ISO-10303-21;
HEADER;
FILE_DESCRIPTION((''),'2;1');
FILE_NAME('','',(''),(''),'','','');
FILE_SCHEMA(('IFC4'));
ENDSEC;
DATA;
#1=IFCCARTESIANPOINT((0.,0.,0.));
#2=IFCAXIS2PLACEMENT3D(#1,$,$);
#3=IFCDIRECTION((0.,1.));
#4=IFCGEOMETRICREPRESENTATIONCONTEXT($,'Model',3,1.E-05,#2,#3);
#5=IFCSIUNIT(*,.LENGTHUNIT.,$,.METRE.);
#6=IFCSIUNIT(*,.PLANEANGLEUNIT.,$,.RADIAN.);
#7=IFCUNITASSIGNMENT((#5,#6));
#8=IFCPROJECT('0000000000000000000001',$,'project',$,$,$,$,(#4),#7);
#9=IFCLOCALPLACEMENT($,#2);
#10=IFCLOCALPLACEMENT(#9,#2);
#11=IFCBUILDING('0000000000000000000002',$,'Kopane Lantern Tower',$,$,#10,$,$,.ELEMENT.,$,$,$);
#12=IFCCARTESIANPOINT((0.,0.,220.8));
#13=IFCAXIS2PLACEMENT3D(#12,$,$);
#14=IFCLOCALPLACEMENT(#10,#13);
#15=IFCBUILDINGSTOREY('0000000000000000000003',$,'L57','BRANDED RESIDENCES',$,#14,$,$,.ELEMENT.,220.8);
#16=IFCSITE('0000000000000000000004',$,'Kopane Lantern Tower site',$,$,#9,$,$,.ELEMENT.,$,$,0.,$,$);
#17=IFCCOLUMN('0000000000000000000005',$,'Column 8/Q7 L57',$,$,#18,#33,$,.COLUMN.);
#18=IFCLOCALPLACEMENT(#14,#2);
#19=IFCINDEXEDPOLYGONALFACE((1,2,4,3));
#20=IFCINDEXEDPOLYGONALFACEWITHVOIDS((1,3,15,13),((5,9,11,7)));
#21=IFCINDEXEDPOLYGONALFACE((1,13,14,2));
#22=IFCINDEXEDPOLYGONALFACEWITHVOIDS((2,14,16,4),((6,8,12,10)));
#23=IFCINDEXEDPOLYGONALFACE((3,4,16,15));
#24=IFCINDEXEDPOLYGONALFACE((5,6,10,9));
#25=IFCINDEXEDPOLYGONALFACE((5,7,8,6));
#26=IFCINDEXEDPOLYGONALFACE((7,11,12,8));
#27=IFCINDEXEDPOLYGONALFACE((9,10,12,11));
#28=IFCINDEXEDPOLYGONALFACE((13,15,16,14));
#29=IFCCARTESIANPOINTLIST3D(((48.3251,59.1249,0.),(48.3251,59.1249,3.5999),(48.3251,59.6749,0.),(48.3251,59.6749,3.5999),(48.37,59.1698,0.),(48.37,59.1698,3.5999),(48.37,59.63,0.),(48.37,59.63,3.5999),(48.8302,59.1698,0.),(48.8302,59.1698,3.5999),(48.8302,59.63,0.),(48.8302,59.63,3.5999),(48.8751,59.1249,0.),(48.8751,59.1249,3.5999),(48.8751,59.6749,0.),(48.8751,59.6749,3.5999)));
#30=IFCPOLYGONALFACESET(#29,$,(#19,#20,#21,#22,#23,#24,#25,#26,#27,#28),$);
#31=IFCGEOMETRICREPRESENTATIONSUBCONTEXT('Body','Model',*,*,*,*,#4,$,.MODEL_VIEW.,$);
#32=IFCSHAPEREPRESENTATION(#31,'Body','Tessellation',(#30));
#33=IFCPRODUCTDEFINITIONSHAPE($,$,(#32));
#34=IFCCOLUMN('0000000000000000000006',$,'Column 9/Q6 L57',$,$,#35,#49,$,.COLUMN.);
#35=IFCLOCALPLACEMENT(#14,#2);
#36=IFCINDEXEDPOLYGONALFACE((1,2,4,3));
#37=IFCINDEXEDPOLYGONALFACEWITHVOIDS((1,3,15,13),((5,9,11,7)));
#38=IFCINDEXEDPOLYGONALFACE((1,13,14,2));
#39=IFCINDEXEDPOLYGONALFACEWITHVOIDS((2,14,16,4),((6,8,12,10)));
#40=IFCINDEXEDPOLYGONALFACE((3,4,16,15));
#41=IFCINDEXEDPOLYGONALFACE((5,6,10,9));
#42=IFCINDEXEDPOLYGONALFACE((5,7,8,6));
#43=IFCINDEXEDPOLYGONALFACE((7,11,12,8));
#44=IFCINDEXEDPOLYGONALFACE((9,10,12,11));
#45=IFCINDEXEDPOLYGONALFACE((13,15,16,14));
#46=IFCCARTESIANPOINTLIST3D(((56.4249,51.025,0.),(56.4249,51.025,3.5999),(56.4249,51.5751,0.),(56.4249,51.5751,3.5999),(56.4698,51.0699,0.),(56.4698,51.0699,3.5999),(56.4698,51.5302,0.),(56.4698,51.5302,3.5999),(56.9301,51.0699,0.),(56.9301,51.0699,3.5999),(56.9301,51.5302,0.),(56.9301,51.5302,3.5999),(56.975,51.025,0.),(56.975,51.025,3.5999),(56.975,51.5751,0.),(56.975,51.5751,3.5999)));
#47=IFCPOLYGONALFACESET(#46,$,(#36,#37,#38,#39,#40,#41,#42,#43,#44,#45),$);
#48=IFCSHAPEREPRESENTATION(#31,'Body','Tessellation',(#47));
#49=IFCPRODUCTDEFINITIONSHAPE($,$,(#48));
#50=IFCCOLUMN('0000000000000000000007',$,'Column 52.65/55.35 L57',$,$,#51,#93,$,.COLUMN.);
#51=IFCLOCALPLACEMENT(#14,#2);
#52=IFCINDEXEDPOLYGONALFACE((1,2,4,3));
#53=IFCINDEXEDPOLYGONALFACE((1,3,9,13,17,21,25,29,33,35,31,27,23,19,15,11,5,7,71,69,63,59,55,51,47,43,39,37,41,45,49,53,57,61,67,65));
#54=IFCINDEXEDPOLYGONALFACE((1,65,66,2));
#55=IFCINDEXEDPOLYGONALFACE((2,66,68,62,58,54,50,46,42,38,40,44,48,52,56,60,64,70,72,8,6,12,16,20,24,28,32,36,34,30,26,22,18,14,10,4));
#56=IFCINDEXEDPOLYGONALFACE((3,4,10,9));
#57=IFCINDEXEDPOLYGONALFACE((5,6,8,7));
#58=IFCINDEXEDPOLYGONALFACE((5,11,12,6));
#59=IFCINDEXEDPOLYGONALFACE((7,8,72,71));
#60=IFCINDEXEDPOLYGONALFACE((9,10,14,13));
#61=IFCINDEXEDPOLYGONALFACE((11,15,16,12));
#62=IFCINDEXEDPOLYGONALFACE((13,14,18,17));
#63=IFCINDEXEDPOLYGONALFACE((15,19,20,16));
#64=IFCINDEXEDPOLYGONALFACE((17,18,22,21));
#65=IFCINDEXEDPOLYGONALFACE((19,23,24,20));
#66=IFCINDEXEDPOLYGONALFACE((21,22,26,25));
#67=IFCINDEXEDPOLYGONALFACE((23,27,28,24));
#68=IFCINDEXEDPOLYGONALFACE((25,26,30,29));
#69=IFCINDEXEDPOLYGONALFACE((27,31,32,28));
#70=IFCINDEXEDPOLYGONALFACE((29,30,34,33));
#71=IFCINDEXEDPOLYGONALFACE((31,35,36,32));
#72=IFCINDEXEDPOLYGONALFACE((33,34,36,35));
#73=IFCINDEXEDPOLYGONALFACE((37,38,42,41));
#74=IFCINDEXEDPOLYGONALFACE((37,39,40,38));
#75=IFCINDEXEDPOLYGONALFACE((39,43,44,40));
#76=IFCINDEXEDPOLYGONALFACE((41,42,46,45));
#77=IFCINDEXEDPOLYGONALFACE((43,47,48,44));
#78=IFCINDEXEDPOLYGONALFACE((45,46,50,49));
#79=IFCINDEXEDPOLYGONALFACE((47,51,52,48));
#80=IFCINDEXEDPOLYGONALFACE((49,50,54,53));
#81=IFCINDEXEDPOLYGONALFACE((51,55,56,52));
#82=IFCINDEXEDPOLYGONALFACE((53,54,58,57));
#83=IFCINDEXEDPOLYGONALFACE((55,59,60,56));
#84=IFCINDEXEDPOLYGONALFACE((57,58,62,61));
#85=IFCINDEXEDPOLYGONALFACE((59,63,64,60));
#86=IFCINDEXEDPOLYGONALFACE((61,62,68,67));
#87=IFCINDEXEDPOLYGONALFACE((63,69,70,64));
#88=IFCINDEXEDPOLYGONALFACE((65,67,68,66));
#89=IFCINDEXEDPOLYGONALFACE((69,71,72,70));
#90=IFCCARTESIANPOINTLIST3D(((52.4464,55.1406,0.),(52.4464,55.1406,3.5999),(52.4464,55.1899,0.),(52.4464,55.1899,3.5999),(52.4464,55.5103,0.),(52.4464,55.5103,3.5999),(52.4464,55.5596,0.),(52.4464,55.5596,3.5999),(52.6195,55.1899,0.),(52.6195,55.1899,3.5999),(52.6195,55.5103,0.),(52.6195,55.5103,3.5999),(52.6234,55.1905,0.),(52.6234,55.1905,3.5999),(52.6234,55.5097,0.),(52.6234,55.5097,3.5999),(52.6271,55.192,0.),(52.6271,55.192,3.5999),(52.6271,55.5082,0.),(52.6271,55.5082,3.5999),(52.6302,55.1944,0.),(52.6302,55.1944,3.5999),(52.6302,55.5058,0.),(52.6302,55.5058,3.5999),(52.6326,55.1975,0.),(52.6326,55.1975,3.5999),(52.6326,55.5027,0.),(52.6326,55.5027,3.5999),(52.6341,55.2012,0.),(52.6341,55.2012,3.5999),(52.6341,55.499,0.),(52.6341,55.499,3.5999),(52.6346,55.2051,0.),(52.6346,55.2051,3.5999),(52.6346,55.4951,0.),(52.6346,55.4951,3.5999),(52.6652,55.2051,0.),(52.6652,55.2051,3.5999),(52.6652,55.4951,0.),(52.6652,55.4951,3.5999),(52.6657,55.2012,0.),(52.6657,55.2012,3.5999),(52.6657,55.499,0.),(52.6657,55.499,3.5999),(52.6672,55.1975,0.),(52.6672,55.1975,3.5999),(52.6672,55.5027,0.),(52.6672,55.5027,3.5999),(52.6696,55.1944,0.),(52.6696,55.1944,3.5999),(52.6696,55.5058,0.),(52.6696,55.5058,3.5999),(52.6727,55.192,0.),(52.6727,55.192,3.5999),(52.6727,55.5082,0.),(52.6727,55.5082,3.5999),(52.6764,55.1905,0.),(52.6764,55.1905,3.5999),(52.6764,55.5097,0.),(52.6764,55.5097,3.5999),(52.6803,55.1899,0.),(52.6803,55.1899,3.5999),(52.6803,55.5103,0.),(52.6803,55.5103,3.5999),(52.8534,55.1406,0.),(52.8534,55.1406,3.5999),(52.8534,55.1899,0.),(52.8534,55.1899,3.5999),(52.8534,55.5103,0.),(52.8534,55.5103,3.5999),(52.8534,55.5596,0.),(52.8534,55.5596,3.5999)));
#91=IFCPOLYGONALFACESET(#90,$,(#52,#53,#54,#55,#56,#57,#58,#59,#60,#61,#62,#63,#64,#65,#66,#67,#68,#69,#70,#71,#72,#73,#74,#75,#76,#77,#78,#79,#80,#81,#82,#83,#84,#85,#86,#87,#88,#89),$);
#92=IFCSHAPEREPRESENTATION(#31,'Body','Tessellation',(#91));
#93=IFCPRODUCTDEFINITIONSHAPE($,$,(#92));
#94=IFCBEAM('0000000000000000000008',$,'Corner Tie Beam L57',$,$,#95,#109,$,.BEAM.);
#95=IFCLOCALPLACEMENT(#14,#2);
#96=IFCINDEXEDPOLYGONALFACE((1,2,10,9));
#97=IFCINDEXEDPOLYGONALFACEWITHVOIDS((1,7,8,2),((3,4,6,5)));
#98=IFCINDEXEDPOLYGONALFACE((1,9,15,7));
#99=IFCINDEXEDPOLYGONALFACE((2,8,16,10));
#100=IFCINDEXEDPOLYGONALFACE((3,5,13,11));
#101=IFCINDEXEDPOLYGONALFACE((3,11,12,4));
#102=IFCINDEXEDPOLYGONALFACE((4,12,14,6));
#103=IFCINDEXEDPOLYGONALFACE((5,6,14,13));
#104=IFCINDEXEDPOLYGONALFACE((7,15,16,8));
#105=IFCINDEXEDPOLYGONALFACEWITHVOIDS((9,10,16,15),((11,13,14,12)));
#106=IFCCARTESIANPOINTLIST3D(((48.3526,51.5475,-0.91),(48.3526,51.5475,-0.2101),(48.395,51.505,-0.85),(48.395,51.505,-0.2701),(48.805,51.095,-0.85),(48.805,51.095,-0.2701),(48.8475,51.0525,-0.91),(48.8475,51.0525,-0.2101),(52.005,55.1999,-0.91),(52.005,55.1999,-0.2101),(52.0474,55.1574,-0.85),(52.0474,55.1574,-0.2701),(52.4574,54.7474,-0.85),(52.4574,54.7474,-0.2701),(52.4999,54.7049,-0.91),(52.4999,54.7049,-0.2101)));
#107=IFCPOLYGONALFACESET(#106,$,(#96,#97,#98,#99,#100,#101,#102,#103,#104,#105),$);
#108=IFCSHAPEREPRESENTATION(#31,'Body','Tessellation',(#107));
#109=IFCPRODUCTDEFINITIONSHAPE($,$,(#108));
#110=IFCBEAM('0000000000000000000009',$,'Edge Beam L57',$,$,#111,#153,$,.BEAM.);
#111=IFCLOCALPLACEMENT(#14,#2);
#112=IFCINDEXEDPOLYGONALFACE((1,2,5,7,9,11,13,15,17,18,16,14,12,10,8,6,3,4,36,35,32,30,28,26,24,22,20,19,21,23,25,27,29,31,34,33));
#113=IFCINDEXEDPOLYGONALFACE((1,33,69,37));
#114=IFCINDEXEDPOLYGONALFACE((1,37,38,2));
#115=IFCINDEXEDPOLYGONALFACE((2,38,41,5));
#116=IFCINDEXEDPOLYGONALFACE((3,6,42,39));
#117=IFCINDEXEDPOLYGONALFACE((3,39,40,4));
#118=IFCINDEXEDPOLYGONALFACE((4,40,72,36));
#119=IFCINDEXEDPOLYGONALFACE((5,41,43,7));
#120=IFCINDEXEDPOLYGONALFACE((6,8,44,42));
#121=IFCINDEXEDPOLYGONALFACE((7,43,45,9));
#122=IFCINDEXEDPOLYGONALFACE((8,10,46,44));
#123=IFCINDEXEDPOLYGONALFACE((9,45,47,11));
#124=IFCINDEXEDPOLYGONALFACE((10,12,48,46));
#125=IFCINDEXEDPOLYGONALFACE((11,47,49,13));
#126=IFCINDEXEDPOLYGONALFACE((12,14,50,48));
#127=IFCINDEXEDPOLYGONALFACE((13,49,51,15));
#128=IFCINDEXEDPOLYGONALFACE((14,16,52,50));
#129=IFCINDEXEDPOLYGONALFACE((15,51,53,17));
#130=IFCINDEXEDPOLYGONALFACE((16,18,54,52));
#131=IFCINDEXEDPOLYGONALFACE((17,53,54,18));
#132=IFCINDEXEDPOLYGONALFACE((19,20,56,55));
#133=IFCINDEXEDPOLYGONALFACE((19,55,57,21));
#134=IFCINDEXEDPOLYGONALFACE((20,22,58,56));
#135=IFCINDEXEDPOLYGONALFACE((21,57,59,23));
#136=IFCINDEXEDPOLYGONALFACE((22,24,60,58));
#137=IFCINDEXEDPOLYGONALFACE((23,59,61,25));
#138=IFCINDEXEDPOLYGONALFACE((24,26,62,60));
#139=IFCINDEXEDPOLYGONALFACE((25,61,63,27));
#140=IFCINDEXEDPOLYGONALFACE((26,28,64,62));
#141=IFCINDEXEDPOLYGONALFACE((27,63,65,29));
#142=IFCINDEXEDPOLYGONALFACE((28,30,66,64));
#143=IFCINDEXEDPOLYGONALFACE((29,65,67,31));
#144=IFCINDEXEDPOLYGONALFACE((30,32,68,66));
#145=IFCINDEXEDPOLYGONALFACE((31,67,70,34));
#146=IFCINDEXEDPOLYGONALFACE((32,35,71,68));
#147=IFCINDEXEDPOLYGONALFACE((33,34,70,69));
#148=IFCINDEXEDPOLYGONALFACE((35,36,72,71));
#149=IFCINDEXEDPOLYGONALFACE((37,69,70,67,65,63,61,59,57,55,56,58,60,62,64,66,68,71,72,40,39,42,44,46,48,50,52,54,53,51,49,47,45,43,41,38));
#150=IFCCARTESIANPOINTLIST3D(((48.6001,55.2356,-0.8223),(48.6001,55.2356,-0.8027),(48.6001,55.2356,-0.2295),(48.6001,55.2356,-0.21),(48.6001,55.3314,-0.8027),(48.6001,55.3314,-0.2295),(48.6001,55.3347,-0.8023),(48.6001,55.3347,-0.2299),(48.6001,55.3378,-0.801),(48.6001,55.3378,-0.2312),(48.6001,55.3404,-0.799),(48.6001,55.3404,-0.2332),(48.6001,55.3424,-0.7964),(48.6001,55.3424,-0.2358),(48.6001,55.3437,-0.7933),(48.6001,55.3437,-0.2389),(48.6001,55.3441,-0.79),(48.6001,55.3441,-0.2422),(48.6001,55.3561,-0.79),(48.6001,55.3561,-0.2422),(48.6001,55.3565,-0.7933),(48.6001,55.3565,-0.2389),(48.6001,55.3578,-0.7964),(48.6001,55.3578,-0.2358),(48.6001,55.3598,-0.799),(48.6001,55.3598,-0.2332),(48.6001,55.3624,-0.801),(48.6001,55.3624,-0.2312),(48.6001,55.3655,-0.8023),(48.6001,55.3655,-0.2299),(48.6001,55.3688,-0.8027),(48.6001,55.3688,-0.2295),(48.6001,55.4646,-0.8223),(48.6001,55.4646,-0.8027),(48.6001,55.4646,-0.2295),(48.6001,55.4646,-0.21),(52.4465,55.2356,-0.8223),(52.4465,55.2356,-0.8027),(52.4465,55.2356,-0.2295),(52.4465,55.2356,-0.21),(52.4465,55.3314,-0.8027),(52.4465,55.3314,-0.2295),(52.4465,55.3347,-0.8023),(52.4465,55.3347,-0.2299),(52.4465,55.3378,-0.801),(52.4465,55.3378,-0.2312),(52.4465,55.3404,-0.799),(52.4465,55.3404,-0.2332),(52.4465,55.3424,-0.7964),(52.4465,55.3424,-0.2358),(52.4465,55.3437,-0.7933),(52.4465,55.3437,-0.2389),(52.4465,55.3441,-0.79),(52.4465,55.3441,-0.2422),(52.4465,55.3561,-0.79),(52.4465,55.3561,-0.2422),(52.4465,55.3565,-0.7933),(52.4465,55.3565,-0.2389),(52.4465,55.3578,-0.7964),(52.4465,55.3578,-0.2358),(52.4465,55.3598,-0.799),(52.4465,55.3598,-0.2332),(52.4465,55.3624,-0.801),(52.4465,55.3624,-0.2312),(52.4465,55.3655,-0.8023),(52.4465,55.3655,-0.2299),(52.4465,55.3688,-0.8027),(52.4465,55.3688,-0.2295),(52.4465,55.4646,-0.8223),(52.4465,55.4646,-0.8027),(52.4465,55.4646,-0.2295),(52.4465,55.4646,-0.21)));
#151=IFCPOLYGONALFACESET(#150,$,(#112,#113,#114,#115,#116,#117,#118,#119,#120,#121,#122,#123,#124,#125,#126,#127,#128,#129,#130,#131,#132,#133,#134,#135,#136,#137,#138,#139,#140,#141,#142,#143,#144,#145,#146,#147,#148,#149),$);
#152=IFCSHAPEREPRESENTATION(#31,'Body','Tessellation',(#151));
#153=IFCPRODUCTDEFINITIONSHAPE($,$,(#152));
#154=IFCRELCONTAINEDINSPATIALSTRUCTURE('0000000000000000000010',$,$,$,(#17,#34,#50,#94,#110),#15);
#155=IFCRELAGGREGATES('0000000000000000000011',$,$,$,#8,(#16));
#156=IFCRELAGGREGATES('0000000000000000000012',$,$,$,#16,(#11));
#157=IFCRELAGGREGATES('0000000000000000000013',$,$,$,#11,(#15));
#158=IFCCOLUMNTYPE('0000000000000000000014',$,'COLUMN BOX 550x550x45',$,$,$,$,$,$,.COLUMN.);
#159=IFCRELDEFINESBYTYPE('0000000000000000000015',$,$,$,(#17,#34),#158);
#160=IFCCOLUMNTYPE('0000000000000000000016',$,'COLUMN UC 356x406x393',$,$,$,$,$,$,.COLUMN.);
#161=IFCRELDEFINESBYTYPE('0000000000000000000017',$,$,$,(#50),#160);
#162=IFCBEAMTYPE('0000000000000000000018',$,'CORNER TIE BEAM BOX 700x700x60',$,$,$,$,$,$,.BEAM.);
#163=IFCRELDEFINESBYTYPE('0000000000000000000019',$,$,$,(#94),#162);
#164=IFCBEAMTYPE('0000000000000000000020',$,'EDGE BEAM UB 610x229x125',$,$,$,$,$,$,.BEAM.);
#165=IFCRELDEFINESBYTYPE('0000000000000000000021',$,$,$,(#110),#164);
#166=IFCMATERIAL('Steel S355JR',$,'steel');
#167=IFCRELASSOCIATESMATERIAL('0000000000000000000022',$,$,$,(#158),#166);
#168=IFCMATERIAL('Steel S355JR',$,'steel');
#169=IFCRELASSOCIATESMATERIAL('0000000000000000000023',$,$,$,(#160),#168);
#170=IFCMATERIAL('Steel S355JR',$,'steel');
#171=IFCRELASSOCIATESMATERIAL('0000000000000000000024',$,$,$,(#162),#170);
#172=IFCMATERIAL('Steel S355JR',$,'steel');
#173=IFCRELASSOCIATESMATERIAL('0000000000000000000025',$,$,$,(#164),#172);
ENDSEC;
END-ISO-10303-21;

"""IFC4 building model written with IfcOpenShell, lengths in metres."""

from ifc_helpers import new_model, si_unit, direction, frame, origin, origin_2d, place, context, subcontext, project, spatial, hollow_rectangle, i_section, extrude, material, material_profile, profile_set, type_object, element, save


model = new_model("IFC4")

# Units and contexts
model_context = context("Model", 3, precision=1e-05, world=origin(), true_north=direction((0.0, 1.0)))
body_context = subcontext(model_context, "Body", "Model", "MODEL_VIEW")
ifc_project = project(units=[si_unit("LENGTHUNIT", "METRE"), si_unit("PLANEANGLEUNIT", "RADIAN")], contexts=[model_context])

# Site, building, storey
site_placement = place(None, origin())
site = spatial("IfcSite", under=ifc_project, at=site_placement, Name="Kopane Lantern Tower site", CompositionType="ELEMENT", RefElevation=0.0)
building_placement = place(site_placement, origin())
building = spatial("IfcBuilding", under=site, at=building_placement, Name="Kopane Lantern Tower", CompositionType="ELEMENT")
storey_placement = place(building_placement, frame((0.0, 0.0, 220.8)))
storey = spatial("IfcBuildingStorey", under=building, at=storey_placement, Name="L57", Description="BRANDED RESIDENCES", CompositionType="ELEMENT", Elevation=220.8)

# Columns
ifc_material_1 = material(Name="Steel S355JR", Category="steel")
ifc_material_profile_1 = material_profile(ifc_material_1, hollow_rectangle(XDim=0.55, YDim=0.55, WallThickness=0.0449, at=origin_2d()), Name="BOX 550x550x45")
ifc_profile_set_1 = profile_set([ifc_material_profile_1], Name="Steel S355JR")
column_type_1 = type_object("IfcColumnType", Name="COLUMN BOX 550x550x45", PredefinedType="COLUMN", material=ifc_profile_set_1)
for number, where, z_axis, x_axis, name in (
    (1, (48.6001, 59.3999, 0.0), (0.0, 0.0, 1.0), (1.0, 0.0, 0.0), "Column 8/Q7 L57"),
    (2, (56.7, 51.3, 0.0), (0.0, 0.0, 1.0), (1.0, 0.0, 0.0), "Column 9/Q6 L57"),
):
    element("IfcColumn", number, at=place(storey_placement, frame(where, z_axis=z_axis, x_axis=x_axis)), inside=storey, type_object=column_type_1, Name=name, PredefinedType="COLUMN", context=body_context, shape_type="SweptSolid", body=[
        extrude(hollow_rectangle(XDim=0.55, YDim=0.55, WallThickness=0.0449, at=origin_2d()), origin(), (0.0, 0.0, 1.0), 3.5999),
    ])
ifc_material_2 = material(Name="Steel S355JR", Category="steel")
ifc_material_profile_2 = material_profile(ifc_material_2, i_section(OverallWidth=0.407, OverallDepth=0.4189, WebThickness=0.0305, FlangeThickness=0.0493, FilletRadius=0.0151, at=origin_2d()), Name="UC 356x406x393")
ifc_profile_set_2 = profile_set([ifc_material_profile_2], Name="Steel S355JR")
column_type_2 = type_object("IfcColumnType", Name="COLUMN UC 356x406x393", PredefinedType="COLUMN", material=ifc_profile_set_2)
column_placement = place(storey_placement, frame((52.6499, 55.3501, 0.0), z_axis=(0.0, 0.0, 1.0), x_axis=(1.0, 0.0, 0.0)))
element("IfcColumn", 3, at=column_placement, inside=storey, type_object=column_type_2, Name="Column 52.65/55.35 L57", PredefinedType="COLUMN", context=body_context, shape_type="SweptSolid", body=[
    extrude(i_section(OverallWidth=0.407, OverallDepth=0.4189, WebThickness=0.0305, FlangeThickness=0.0493, FilletRadius=0.0151, at=origin_2d()), origin(), (0.0, 0.0, 1.0), 3.5999),
])

# Beams
ifc_material_3 = material(Name="Steel S355JR", Category="steel")
ifc_material_profile_3 = material_profile(ifc_material_3, hollow_rectangle(XDim=0.7, YDim=0.7, WallThickness=0.0601, at=origin_2d()), Name="BOX 700x700x60")
ifc_profile_set_3 = profile_set([ifc_material_profile_3], Name="Steel S355JR")
beam_type_1 = type_object("IfcBeamType", Name="CORNER TIE BEAM BOX 700x700x60", PredefinedType="BEAM", material=ifc_profile_set_3)
beam_1_placement = place(storey_placement, frame((52.2524, 54.9524, -0.5601), z_axis=(-0.707107, -0.707107, 0.0), x_axis=(0.707107, -0.707107, 0.0)))
element("IfcBeam", 4, at=beam_1_placement, inside=storey, type_object=beam_type_1, Name="Corner Tie Beam L57", PredefinedType="BEAM", context=body_context, shape_type="SweptSolid", body=[
    extrude(hollow_rectangle(XDim=0.7, YDim=0.7, WallThickness=0.0601, at=origin_2d()), origin(), (0.0, 0.0, 1.0), 5.1653),
])
ifc_material_4 = material(Name="Steel S355JR", Category="steel")
ifc_material_profile_4 = material_profile(ifc_material_4, i_section(OverallWidth=0.229, OverallDepth=0.6123, WebThickness=0.012, FlangeThickness=0.0195, FilletRadius=0.0127, at=origin_2d()), Name="UB 610x229x125")
ifc_profile_set_4 = profile_set([ifc_material_profile_4], Name="Steel S355JR")
beam_type_2 = type_object("IfcBeamType", Name="EDGE BEAM UB 610x229x125", PredefinedType="BEAM", material=ifc_profile_set_4)
for number, where, z_axis, x_axis, name in (
    (5, (52.4465, 55.3501, -0.5161), (-1.0, 0.0, 0.0), (0.0, -1.0, 0.0), "Edge Beam L57"),
):
    element("IfcBeam", number, at=place(storey_placement, frame(where, z_axis=z_axis, x_axis=x_axis)), inside=storey, type_object=beam_type_2, Name=name, PredefinedType="BEAM", context=body_context, shape_type="SweptSolid", body=[
        extrude(i_section(OverallWidth=0.229, OverallDepth=0.6123, WebThickness=0.012, FlangeThickness=0.0195, FilletRadius=0.0127, at=origin_2d()), origin(), (0.0, 0.0, 1.0), 3.8464),
    ])

save(model, "model.ifc")
